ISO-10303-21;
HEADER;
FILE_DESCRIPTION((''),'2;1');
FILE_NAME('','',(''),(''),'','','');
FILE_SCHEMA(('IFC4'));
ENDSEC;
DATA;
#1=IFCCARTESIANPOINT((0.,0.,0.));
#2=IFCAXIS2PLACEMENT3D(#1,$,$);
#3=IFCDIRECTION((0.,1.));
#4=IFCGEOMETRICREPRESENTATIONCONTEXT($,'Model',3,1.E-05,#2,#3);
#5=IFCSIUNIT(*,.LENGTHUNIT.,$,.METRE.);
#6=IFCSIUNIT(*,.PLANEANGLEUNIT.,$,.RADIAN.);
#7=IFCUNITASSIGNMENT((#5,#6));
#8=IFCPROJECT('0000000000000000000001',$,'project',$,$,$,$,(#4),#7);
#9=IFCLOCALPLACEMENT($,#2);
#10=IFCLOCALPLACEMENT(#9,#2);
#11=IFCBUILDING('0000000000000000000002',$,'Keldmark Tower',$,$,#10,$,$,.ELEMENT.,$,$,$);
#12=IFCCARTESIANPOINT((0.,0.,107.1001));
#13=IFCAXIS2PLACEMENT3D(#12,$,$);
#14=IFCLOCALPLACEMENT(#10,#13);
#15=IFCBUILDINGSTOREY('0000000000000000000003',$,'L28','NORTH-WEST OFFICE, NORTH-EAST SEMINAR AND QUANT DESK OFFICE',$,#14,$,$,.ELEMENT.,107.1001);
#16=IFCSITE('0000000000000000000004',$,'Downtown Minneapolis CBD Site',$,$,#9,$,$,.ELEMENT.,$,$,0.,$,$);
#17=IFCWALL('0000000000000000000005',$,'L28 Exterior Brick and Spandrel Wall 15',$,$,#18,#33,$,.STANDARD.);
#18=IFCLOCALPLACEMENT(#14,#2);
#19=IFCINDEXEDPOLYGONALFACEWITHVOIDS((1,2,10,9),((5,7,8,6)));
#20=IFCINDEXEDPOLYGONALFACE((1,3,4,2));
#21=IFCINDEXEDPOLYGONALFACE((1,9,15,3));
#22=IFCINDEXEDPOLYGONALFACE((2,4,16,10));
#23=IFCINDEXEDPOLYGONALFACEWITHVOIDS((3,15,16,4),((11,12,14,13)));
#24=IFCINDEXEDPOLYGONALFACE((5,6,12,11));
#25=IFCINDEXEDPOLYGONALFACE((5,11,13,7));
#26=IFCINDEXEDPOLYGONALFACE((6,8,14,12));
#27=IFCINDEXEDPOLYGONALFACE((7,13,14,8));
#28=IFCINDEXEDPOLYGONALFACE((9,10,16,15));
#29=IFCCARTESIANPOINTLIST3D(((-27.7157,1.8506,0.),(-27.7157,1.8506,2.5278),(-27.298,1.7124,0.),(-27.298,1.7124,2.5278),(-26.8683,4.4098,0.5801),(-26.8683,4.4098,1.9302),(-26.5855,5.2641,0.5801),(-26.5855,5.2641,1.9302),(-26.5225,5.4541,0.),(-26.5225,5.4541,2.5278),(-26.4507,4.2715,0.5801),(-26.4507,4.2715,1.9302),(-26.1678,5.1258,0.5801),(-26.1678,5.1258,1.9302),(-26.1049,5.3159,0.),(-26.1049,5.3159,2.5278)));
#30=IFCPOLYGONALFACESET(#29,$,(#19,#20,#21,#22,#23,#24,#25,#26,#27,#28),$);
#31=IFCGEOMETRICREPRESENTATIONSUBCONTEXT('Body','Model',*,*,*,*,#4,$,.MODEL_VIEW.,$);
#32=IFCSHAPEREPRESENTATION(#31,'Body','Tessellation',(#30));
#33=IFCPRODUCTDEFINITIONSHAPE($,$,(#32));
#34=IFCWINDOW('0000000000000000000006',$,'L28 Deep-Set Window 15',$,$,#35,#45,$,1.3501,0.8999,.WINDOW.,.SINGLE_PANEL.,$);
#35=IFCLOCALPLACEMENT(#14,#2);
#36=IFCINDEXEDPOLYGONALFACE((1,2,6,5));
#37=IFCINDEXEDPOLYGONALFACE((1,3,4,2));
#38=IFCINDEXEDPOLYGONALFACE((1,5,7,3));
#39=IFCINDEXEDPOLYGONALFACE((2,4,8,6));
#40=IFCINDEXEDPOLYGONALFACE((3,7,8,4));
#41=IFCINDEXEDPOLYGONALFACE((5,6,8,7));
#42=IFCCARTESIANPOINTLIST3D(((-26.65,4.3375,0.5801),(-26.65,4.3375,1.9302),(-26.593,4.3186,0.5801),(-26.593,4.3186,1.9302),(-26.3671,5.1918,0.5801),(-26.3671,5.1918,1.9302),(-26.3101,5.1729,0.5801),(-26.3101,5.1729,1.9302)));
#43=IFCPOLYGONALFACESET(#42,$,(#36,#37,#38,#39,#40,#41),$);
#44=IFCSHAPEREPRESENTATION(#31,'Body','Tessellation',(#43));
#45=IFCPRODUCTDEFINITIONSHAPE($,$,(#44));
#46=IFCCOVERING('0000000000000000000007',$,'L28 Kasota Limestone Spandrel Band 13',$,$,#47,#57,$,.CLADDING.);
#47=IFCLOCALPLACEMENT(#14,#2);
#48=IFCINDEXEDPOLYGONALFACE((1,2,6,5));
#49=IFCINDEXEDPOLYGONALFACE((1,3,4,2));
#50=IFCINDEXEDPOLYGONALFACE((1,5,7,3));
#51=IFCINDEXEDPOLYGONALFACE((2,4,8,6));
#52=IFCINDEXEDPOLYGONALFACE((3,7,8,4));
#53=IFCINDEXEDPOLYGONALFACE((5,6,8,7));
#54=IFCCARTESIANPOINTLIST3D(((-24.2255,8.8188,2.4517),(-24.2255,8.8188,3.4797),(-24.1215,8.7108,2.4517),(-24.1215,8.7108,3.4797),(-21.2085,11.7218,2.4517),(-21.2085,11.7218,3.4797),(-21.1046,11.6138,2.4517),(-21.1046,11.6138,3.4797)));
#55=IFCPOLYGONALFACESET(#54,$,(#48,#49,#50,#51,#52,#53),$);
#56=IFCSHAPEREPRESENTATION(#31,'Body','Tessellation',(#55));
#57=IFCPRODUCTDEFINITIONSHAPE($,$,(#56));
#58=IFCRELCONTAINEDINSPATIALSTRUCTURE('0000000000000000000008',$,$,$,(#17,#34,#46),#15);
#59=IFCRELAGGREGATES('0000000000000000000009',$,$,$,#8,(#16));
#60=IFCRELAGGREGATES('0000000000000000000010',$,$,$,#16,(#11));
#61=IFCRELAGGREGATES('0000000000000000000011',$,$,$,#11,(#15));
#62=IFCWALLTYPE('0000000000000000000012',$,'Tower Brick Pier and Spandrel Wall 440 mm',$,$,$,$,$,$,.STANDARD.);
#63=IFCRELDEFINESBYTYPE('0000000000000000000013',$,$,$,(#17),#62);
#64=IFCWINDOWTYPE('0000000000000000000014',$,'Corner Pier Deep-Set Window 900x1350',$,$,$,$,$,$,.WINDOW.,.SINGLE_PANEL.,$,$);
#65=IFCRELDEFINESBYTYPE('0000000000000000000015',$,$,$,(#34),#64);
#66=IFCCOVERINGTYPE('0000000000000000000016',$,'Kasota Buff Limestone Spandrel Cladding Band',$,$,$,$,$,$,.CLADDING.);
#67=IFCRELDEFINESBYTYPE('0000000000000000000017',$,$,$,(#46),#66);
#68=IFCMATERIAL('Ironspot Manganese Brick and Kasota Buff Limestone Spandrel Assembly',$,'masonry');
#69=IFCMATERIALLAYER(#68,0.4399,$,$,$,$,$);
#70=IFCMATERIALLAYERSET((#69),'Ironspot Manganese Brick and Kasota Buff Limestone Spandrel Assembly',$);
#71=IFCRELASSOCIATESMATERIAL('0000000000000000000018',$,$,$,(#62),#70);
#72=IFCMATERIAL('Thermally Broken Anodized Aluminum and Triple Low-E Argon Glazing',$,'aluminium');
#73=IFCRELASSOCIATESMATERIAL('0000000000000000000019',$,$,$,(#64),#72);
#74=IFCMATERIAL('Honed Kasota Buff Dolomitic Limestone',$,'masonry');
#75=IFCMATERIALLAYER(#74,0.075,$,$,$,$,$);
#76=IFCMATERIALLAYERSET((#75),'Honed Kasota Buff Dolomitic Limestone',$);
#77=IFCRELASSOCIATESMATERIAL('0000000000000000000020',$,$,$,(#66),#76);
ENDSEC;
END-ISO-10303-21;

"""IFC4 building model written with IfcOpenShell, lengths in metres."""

from ifc_helpers import new_model, si_unit, direction, frame, frame_2d, origin, origin_2d, place, context, subcontext, project, spatial, rectangle, extrude, material, layer, layer_set, type_object, element, fill, save


model = new_model("IFC4")

# Units and contexts
model_context = context("Model", 3, precision=1e-05, world=origin(), true_north=direction((0.0, 1.0)))
body_context = subcontext(model_context, "Body", "Model", "MODEL_VIEW")
ifc_project = project(units=[si_unit("LENGTHUNIT", "METRE"), si_unit("PLANEANGLEUNIT", "RADIAN")], contexts=[model_context])

# Site, building, storey
site_placement = place(None, origin())
site = spatial("IfcSite", under=ifc_project, at=site_placement, Name="Downtown Minneapolis CBD Site", CompositionType="ELEMENT", RefElevation=0.0)
building_placement = place(site_placement, origin())
building = spatial("IfcBuilding", under=site, at=building_placement, Name="Keldmark Tower", CompositionType="ELEMENT")
storey_placement = place(building_placement, frame((0.0, 0.0, 107.1001)))
storey = spatial("IfcBuildingStorey", under=building, at=storey_placement, Name="L28", Description="NORTH-WEST OFFICE, NORTH-EAST SEMINAR AND QUANT DESK OFFICE", CompositionType="ELEMENT", Elevation=107.1001)

# Wall, opening, window
ifc_material_1 = material(Name="Ironspot Manganese Brick and Kasota Buff Limestone Spandrel Assembly", Category="masonry")
ifc_layer_1 = layer(ifc_material_1, 0.4399)
ifc_layer_set_1 = layer_set([ifc_layer_1], Name="Ironspot Manganese Brick and Kasota Buff Limestone Spandrel Assembly")
wall_type_1 = type_object("IfcWallType", Name="Tower Brick Pier and Spandrel Wall 440 mm", PredefinedType="STANDARD", material=ifc_layer_set_1)
ifc_material_2 = material(Name="Thermally Broken Anodized Aluminum and Triple Low-E Argon Glazing", Category="aluminium")
window_type = type_object("IfcWindowType", Name="Corner Pier Deep-Set Window 900x1350", PartitioningType="SINGLE_PANEL", PredefinedType="WINDOW", material=ifc_material_2)
wall_1_placement = place(storey_placement, frame((-27.5068, 1.7815, 0.0), z_axis=(0.0, 0.0, 1.0), x_axis=(0.314317, 0.949318, 0.0)))
wall_1 = element("IfcWall", 1, at=wall_1_placement, inside=storey, type_object=wall_type_1, Name="L28 Exterior Brick and Spandrel Wall 15", PredefinedType="STANDARD", context=body_context, shape_type="SweptSolid", body=[
    extrude(rectangle(XDim=3.7959, YDim=0.4399, at=frame_2d((1.8979, 0.0))), origin(), (0.0, 0.0, 1.0), 2.5278),
])
opening_1_placement = place(wall_1_placement, frame((2.6958, 0.0, 0.5801)))
opening_1 = element("IfcOpeningElement", 2, at=opening_1_placement, cuts=wall_1, PredefinedType="OPENING", context=body_context, shape_type="SweptSolid", body=[
    extrude(rectangle(XDim=0.8999, YDim=1.3501, at=frame_2d((0.45, 0.675))), frame((0.0, 0.23, 0.0), z_axis=(0.0, -1.0, 0.0), x_axis=(1.0, 0.0, 0.0)), (0.0, 0.0, 1.0), 0.46),
])
window_1_placement = place(opening_1_placement, origin())
window_1 = element("IfcWindow", 3, at=window_1_placement, inside=storey, type_object=window_type, Name="L28 Deep-Set Window 15", OverallHeight=1.3501, OverallWidth=0.8999, PartitioningType="SINGLE_PANEL", PredefinedType="WINDOW", context=body_context, shape_type="SweptSolid", body=[
    extrude(rectangle(XDim=0.8999, YDim=1.3501, at=frame_2d((0.45, 0.675))), frame((0.0, -0.01, 0.0), z_axis=(0.0, -1.0, 0.0), x_axis=(1.0, 0.0, 0.0)), (0.0, 0.0, 1.0), 0.0601),
])
fill(opening_1, window_1)

# Covering
ifc_material_3 = material(Name="Honed Kasota Buff Dolomitic Limestone", Category="masonry")
ifc_layer_2 = layer(ifc_material_3, 0.075)
ifc_layer_set_2 = layer_set([ifc_layer_2], Name="Honed Kasota Buff Dolomitic Limestone")
covering_type = type_object("IfcCoveringType", Name="Kasota Buff Limestone Spandrel Cladding Band", PredefinedType="CLADDING", material=ifc_layer_set_2)
covering_placement = place(storey_placement, frame((-22.665, 10.2163, 2.4517), z_axis=(0.0, 0.0, 1.0), x_axis=(-0.720587, -0.693364, 0.0)))
element("IfcCovering", 4, at=covering_placement, inside=storey, type_object=covering_type, Name="L28 Kasota Limestone Spandrel Band 13", PredefinedType="CLADDING", context=body_context, shape_type="SweptSolid", body=[
    extrude(rectangle(XDim=4.1868, YDim=0.1499, at=origin_2d()), origin(), (0.0, 0.0, 1.0), 1.0281),
])

save(model, "model.ifc")
